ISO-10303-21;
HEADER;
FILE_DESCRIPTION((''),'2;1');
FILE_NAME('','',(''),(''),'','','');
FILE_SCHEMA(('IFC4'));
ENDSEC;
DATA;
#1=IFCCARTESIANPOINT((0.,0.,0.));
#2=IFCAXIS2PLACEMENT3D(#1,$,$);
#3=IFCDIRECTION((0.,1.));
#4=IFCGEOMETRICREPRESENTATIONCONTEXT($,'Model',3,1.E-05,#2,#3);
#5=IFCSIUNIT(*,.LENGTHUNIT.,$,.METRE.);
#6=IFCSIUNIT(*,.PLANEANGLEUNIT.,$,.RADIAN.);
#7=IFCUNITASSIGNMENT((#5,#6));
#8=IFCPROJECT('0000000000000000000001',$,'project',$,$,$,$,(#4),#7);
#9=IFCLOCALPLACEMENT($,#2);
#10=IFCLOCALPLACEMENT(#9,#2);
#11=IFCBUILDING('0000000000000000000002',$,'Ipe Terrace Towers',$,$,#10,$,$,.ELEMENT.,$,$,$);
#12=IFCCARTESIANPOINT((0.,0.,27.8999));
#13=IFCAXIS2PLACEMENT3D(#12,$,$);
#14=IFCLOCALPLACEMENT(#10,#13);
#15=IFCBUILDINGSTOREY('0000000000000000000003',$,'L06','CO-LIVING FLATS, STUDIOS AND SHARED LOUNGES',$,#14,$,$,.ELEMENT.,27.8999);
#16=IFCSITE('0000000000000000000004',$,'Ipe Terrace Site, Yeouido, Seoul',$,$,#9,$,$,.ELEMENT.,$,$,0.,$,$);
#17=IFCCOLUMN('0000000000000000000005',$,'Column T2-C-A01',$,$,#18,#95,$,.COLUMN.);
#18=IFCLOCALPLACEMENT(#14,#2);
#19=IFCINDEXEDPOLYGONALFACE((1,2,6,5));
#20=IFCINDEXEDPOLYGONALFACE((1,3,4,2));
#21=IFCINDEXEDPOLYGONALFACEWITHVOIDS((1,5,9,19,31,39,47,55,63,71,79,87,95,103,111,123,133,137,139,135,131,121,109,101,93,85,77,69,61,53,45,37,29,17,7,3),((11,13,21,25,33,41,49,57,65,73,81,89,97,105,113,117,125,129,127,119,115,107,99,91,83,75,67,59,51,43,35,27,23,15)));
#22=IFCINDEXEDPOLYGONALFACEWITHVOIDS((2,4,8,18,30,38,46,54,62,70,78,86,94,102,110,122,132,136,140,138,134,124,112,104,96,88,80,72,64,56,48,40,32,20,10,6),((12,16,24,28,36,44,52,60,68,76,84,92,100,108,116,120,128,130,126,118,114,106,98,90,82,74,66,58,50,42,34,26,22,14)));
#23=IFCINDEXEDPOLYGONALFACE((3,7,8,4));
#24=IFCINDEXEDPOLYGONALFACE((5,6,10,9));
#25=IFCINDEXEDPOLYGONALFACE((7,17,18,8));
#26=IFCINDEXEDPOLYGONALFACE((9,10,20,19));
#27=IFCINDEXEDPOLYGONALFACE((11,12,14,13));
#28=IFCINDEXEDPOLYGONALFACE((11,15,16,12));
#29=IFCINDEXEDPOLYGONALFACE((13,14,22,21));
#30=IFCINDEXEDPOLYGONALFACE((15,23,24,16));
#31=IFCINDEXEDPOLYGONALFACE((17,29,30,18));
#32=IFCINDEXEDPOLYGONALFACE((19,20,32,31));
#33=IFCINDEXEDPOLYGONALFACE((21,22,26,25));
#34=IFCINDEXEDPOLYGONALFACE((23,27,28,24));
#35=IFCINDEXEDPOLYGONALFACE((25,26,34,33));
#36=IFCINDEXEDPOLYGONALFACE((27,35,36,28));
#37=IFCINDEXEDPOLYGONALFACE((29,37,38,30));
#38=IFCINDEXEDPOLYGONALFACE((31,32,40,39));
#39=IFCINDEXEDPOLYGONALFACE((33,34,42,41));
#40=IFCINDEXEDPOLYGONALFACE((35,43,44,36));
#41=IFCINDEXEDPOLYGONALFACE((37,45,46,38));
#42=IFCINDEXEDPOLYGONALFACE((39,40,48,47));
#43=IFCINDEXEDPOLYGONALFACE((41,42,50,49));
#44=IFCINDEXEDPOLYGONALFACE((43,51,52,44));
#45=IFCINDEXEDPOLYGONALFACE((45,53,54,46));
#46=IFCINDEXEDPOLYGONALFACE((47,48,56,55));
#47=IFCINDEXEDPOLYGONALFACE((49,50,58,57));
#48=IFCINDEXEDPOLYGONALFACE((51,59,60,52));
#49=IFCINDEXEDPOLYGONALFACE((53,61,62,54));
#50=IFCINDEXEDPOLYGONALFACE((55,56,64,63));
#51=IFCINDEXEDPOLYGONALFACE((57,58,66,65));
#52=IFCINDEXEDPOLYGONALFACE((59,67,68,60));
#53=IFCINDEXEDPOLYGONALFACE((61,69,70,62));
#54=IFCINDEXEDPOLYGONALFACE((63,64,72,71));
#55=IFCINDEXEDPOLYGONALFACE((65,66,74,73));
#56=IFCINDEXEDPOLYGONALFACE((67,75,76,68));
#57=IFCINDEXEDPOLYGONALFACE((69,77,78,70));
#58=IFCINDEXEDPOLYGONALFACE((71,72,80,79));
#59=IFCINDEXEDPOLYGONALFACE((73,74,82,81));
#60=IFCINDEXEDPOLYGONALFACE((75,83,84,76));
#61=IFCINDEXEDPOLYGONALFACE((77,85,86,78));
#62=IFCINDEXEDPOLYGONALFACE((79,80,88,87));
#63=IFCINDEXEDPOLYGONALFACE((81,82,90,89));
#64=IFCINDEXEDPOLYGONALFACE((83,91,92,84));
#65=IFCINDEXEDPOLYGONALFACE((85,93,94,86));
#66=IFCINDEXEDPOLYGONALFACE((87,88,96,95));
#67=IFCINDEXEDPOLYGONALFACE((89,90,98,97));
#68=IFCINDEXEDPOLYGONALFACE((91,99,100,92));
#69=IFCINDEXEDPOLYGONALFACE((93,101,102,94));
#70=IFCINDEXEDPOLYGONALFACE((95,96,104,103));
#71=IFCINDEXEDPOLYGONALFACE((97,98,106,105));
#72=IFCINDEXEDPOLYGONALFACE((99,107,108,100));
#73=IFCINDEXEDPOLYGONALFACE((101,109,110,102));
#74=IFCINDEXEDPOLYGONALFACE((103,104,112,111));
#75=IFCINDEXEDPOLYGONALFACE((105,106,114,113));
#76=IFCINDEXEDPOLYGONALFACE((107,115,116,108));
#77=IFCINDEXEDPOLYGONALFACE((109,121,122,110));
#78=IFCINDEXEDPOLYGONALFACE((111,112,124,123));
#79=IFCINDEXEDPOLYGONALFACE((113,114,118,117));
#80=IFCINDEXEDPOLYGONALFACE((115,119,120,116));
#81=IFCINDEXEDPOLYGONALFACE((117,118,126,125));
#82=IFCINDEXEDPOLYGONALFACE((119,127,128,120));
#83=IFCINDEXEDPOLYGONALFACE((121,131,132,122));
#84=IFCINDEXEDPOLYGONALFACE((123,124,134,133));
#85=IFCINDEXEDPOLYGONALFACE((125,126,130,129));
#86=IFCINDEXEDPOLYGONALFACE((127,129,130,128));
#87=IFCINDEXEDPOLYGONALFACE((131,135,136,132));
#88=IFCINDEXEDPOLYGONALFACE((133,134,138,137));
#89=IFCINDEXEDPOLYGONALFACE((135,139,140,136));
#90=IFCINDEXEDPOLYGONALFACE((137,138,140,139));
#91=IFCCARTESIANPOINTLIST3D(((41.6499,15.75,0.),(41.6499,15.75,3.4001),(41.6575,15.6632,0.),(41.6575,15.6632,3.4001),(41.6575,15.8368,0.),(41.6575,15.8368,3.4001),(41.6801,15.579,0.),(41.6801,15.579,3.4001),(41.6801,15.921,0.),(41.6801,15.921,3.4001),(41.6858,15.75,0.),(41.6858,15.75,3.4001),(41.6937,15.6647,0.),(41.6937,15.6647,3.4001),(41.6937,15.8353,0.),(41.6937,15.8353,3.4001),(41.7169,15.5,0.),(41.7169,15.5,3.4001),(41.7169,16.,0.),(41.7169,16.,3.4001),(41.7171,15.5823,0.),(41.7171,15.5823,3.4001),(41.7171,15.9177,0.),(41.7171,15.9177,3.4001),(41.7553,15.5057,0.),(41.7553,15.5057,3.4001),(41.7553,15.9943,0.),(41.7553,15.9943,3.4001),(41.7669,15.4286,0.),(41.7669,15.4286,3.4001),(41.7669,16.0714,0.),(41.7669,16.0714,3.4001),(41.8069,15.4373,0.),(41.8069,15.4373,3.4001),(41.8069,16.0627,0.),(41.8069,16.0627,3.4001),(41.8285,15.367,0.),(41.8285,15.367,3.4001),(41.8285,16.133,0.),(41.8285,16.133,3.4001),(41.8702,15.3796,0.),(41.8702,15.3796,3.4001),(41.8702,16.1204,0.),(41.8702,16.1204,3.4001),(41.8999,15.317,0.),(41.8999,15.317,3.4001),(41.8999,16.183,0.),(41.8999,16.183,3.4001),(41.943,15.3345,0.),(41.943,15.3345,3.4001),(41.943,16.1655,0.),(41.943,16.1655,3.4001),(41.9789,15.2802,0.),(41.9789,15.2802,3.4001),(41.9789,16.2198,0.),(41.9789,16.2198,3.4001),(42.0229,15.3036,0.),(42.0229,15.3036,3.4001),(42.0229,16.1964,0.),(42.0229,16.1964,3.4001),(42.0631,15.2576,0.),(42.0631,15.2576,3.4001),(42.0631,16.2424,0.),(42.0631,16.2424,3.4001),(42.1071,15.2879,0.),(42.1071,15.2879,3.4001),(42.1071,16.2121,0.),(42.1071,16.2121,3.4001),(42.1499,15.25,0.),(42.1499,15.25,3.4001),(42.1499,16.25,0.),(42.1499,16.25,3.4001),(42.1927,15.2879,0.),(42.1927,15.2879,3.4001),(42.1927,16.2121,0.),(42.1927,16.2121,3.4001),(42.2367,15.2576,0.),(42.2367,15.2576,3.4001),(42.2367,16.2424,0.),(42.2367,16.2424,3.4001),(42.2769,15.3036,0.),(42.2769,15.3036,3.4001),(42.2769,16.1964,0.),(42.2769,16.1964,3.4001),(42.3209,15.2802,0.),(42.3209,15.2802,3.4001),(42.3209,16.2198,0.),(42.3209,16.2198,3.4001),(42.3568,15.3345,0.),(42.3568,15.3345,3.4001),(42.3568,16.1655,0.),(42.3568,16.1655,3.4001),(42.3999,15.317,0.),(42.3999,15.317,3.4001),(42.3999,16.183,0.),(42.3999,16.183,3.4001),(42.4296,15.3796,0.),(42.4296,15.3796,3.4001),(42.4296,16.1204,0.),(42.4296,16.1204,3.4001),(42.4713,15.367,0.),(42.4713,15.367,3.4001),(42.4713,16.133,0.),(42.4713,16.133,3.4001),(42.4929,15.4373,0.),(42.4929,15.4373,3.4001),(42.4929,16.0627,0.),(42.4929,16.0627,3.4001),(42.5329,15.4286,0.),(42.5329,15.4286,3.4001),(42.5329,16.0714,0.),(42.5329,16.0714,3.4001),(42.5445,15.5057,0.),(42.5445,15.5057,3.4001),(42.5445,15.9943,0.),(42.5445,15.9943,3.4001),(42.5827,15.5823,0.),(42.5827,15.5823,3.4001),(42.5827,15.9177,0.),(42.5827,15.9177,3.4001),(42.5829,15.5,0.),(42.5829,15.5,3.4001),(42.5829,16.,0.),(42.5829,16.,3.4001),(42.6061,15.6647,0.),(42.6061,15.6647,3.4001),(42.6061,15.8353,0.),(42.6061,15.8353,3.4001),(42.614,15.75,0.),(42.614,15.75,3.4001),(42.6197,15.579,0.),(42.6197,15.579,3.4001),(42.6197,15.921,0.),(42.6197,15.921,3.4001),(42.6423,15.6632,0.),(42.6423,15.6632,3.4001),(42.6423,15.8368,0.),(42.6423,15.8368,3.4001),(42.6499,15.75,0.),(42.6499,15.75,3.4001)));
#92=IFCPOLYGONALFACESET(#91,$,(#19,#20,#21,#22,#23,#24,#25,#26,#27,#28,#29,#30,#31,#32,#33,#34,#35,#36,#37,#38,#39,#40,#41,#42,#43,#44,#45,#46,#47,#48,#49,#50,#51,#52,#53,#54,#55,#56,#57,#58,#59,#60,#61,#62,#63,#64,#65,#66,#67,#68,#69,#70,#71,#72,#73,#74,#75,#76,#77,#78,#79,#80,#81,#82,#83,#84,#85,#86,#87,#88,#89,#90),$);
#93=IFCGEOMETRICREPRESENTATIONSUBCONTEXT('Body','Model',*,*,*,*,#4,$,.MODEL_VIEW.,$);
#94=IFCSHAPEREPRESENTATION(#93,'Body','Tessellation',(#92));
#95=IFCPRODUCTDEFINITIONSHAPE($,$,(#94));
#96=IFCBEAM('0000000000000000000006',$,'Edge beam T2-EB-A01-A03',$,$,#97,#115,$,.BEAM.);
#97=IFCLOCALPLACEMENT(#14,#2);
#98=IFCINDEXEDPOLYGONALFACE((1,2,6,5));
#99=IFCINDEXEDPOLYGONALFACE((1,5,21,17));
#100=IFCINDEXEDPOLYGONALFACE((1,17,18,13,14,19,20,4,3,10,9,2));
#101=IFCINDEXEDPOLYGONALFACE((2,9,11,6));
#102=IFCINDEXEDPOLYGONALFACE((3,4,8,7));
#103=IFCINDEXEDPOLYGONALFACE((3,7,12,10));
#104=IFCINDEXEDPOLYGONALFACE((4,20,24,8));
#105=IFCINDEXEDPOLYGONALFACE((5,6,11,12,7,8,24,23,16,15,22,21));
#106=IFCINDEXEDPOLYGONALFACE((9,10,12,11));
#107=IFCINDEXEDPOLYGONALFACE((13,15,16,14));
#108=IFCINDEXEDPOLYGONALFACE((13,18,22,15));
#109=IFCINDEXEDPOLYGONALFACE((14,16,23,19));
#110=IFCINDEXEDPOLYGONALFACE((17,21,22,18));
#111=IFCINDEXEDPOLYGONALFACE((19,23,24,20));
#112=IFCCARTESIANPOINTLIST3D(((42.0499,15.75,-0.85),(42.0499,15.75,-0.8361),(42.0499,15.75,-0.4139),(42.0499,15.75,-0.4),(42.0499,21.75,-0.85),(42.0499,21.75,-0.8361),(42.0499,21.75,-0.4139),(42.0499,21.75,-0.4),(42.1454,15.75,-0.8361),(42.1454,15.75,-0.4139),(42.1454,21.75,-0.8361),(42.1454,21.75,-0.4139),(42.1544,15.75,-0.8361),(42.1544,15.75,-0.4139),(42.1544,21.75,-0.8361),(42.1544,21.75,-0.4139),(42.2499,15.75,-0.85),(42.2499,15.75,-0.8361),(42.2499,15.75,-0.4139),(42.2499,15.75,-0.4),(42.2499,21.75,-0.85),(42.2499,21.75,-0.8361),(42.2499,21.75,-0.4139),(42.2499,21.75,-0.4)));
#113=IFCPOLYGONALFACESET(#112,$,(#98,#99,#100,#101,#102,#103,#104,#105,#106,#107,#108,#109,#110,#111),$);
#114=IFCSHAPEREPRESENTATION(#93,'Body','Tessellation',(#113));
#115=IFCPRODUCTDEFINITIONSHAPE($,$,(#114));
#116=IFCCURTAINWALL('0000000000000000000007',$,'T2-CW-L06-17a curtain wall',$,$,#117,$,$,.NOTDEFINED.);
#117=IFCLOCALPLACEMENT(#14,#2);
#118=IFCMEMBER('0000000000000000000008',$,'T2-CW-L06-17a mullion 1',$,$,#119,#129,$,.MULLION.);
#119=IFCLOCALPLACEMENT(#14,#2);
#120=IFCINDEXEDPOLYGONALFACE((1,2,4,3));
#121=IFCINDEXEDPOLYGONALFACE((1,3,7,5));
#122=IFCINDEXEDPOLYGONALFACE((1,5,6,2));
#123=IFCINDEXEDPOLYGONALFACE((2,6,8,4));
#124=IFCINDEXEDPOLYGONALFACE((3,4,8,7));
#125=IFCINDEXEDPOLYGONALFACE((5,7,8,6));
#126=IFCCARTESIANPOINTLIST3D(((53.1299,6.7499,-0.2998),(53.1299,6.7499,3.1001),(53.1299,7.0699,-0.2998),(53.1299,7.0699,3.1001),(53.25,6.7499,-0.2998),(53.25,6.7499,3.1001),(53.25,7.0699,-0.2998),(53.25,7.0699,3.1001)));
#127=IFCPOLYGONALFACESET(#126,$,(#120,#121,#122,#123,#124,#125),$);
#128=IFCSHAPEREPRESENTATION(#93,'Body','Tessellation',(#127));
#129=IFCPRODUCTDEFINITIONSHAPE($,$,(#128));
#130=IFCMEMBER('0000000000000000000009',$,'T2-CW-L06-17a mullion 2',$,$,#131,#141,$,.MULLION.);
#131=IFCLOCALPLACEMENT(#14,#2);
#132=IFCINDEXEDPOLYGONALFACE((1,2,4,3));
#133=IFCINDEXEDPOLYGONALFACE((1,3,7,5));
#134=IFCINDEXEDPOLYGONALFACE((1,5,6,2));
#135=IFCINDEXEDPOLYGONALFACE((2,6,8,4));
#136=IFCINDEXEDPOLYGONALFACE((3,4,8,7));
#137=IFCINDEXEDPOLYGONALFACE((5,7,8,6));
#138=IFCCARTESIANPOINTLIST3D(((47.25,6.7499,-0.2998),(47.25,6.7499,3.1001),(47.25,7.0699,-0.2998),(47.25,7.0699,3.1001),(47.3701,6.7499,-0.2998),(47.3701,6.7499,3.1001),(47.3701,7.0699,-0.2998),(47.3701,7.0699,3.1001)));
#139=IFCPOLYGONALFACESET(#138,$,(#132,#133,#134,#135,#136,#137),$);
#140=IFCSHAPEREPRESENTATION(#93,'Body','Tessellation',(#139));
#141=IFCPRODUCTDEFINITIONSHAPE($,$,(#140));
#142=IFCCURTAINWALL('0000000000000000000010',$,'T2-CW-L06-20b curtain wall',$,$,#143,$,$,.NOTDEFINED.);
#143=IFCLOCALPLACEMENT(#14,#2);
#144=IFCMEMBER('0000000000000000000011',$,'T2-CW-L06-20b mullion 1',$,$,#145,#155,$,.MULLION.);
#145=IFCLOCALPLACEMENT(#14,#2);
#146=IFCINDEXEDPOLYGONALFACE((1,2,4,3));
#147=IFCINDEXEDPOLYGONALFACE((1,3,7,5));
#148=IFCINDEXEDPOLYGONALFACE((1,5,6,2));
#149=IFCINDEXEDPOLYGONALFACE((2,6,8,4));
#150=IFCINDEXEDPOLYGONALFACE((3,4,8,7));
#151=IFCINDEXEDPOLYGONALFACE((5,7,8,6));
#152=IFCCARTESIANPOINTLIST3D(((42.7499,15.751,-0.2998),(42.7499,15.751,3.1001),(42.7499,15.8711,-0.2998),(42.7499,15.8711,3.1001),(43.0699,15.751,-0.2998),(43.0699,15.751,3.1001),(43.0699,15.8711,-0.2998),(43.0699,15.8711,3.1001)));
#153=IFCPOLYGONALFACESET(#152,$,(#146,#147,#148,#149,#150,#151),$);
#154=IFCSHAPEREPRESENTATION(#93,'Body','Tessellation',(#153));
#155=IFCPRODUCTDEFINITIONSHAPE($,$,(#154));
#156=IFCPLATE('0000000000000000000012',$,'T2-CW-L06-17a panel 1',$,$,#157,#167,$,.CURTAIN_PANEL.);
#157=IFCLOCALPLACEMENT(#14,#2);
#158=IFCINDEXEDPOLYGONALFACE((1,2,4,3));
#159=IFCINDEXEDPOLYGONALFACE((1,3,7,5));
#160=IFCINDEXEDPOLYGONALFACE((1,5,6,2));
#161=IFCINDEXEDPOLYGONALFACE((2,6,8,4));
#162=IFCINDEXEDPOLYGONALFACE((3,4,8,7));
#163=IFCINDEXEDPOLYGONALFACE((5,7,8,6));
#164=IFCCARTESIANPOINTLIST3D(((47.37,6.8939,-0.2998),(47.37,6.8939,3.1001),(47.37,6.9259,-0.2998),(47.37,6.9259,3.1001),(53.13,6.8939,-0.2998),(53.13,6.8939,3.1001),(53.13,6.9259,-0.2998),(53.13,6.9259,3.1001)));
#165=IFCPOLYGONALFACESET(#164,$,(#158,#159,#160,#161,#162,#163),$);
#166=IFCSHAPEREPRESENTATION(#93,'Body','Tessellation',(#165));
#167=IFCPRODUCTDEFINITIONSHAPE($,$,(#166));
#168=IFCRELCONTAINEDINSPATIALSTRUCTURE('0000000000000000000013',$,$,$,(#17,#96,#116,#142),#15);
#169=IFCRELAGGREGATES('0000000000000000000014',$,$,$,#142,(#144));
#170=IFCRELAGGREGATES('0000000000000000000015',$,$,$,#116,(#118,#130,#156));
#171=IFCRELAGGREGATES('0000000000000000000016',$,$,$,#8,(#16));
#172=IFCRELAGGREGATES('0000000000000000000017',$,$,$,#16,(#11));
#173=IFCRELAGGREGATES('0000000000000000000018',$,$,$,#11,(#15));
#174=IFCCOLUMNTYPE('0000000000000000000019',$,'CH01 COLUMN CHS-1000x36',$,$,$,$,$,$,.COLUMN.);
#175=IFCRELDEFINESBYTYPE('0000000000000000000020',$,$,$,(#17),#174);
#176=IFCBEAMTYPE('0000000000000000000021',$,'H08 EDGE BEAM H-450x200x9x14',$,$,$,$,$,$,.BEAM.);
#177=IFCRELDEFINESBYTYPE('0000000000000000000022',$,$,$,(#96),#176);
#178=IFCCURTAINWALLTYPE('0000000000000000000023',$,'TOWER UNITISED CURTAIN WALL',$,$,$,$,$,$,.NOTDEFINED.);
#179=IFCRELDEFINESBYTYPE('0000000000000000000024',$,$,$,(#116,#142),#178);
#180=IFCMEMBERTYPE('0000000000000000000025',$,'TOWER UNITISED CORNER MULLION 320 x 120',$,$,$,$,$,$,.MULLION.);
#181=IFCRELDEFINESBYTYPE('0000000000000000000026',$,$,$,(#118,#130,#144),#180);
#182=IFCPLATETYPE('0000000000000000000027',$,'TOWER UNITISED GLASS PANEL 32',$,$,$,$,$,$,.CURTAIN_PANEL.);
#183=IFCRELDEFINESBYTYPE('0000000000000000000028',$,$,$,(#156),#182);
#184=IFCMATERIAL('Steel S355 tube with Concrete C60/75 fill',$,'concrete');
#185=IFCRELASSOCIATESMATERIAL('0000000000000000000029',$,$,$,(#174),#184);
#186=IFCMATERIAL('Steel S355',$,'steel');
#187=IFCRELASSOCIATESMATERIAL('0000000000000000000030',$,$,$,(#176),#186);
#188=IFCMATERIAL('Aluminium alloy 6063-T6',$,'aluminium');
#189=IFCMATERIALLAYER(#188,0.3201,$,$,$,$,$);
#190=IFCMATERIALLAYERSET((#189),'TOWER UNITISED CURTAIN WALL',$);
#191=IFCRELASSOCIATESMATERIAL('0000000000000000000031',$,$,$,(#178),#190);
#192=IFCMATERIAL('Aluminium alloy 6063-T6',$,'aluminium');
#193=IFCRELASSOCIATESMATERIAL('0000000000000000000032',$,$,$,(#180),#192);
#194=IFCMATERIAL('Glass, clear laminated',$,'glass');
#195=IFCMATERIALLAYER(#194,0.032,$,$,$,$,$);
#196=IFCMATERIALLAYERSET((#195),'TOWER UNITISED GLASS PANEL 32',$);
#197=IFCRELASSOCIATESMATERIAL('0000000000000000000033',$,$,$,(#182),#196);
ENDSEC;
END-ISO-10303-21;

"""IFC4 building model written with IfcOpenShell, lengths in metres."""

from ifc_helpers import new_model, si_unit, direction, frame, origin, origin_2d, place, context, subcontext, project, spatial, rectangle, hollow_circle, i_section, extrude, material, layer, layer_set, material_profile, profile_set, type_object, element, aggregate, save


model = new_model("IFC4")

# Units and contexts
model_context = context("Model", 3, precision=1e-05, world=origin(), true_north=direction((0.0, 1.0)))
body_context = subcontext(model_context, "Body", "Model", "MODEL_VIEW")
ifc_project = project(units=[si_unit("LENGTHUNIT", "METRE"), si_unit("PLANEANGLEUNIT", "RADIAN")], contexts=[model_context])

# Site, building, storey
site_placement = place(None, origin())
site = spatial("IfcSite", under=ifc_project, at=site_placement, Name="Ipe Terrace Site, Yeouido, Seoul", CompositionType="ELEMENT", RefElevation=0.0)
building_placement = place(site_placement, origin())
building = spatial("IfcBuilding", under=site, at=building_placement, Name="Ipe Terrace Towers", CompositionType="ELEMENT")
storey_placement = place(building_placement, frame((0.0, 0.0, 27.8999)))
storey = spatial("IfcBuildingStorey", under=building, at=storey_placement, Name="L06", Description="CO-LIVING FLATS, STUDIOS AND SHARED LOUNGES", CompositionType="ELEMENT", Elevation=27.8999)

# Column
ifc_material_1 = material(Name="Steel S355 tube with Concrete C60/75 fill", Category="concrete")
ifc_material_profile_1 = material_profile(ifc_material_1, hollow_circle(Radius=0.5, WallThickness=0.0359, at=origin_2d()), Name="CHS-1000x36")
ifc_profile_set_1 = profile_set([ifc_material_profile_1], Name="Steel S355 tube with Concrete C60/75 fill")
column_type = type_object("IfcColumnType", Name="CH01 COLUMN CHS-1000x36", PredefinedType="COLUMN", material=ifc_profile_set_1)
column_placement = place(storey_placement, frame((42.1499, 15.75, 0.0), z_axis=(0.0, 0.0, 1.0), x_axis=(1.0, 0.0, 0.0)))
element("IfcColumn", 1, at=column_placement, inside=storey, type_object=column_type, Name="Column T2-C-A01", PredefinedType="COLUMN", context=body_context, shape_type="SweptSolid", body=[
    extrude(hollow_circle(Radius=0.5, WallThickness=0.0359, at=origin_2d()), origin(), (0.0, 0.0, 1.0), 3.4001),
])

# Beam
ifc_material_2 = material(Name="Steel S355", Category="steel")
ifc_material_profile_2 = material_profile(ifc_material_2, i_section(OverallWidth=0.2, OverallDepth=0.45, WebThickness=0.009, FlangeThickness=0.0139, at=origin_2d()), Name="H-450x200x9x14")
ifc_profile_set_2 = profile_set([ifc_material_profile_2], Name="Steel S355")
beam_type = type_object("IfcBeamType", Name="H08 EDGE BEAM H-450x200x9x14", PredefinedType="BEAM", material=ifc_profile_set_2)
beam_placement = place(storey_placement, frame((42.1499, 15.75, -0.625), z_axis=(0.0, 1.0, 0.0), x_axis=(-1.0, 0.0, 0.0)))
element("IfcBeam", 2, at=beam_placement, inside=storey, type_object=beam_type, Name="Edge beam T2-EB-A01-A03", PredefinedType="BEAM", context=body_context, shape_type="SweptSolid", body=[
    extrude(i_section(OverallWidth=0.2, OverallDepth=0.45, WebThickness=0.009, FlangeThickness=0.0139, at=origin_2d()), origin(), (0.0, 0.0, 1.0), 6.0),
])

# Curtain wall, members
ifc_material_3 = material(Name="Aluminium alloy 6063-T6", Category="aluminium")
ifc_layer_1 = layer(ifc_material_3, 0.3201)
ifc_layer_set_1 = layer_set([ifc_layer_1], Name="TOWER UNITISED CURTAIN WALL")
curtain_wall_type = type_object("IfcCurtainWallType", Name="TOWER UNITISED CURTAIN WALL", PredefinedType="NOTDEFINED", material=ifc_layer_set_1)
curtain_wall_1_placement = place(storey_placement, origin())
curtain_wall_1 = element("IfcCurtainWall", 3, at=curtain_wall_1_placement, inside=storey, type_object=curtain_wall_type, Name="T2-CW-L06-17a curtain wall", PredefinedType="NOTDEFINED")
ifc_material_4 = material(Name="Aluminium alloy 6063-T6", Category="aluminium")
ifc_material_profile_3 = material_profile(ifc_material_4, rectangle(XDim=0.3201, YDim=0.1201, at=origin_2d()), Name="TOWER UNITISED CORNER MULLION 320 x 120")
ifc_profile_set_3 = profile_set([ifc_material_profile_3], Name="Aluminium alloy 6063-T6")
member_type = type_object("IfcMemberType", Name="TOWER UNITISED CORNER MULLION 320 x 120", PredefinedType="MULLION", material=ifc_profile_set_3)
member_1_placement = place(storey_placement, frame((53.1899, 6.9099, -0.2998), z_axis=(0.0, 0.0, 1.0), x_axis=(0.0, 1.0, 0.0)))
member_1 = element("IfcMember", 4, at=member_1_placement, type_object=member_type, Name="T2-CW-L06-17a mullion 1", PredefinedType="MULLION", context=body_context, shape_type="SweptSolid", body=[
    extrude(rectangle(XDim=0.3201, YDim=0.1201, at=origin_2d()), origin(), (0.0, 0.0, 1.0), 3.3999),
])
member_2_placement = place(storey_placement, frame((47.3101, 6.9099, -0.2998), z_axis=(0.0, 0.0, 1.0), x_axis=(0.0, 1.0, 0.0)))
member_2 = element("IfcMember", 5, at=member_2_placement, type_object=member_type, Name="T2-CW-L06-17a mullion 2", PredefinedType="MULLION", context=body_context, shape_type="SweptSolid", body=[
    extrude(rectangle(XDim=0.3201, YDim=0.1201, at=origin_2d()), origin(), (0.0, 0.0, 1.0), 3.3999),
])

# Curtain wall, member
curtain_wall_2_placement = place(storey_placement, origin())
curtain_wall_2 = element("IfcCurtainWall", 6, at=curtain_wall_2_placement, inside=storey, type_object=curtain_wall_type, Name="T2-CW-L06-20b curtain wall", PredefinedType="NOTDEFINED")
member_3_placement = place(storey_placement, frame((42.9099, 15.811, -0.2998), z_axis=(0.0, 0.0, 1.0), x_axis=(1.0, 0.0, 0.0)))
member_3 = element("IfcMember", 7, at=member_3_placement, type_object=member_type, Name="T2-CW-L06-20b mullion 1", PredefinedType="MULLION", context=body_context, shape_type="SweptSolid", body=[
    extrude(rectangle(XDim=0.3201, YDim=0.1201, at=origin_2d()), origin(), (0.0, 0.0, 1.0), 3.3999),
])
aggregate(curtain_wall_2, [member_3])

# Plate
ifc_material_5 = material(Name="Glass, clear laminated", Category="glass")
ifc_layer_2 = layer(ifc_material_5, 0.032)
ifc_layer_set_2 = layer_set([ifc_layer_2], Name="TOWER UNITISED GLASS PANEL 32")
plate_type = type_object("IfcPlateType", Name="TOWER UNITISED GLASS PANEL 32", PredefinedType="CURTAIN_PANEL", material=ifc_layer_set_2)
plate_placement = place(storey_placement, frame((50.25, 6.9099, -0.2998), z_axis=(0.0, 0.0, 1.0), x_axis=(-1.0, 0.0, 0.0)))
plate = element("IfcPlate", 8, at=plate_placement, type_object=plate_type, Name="T2-CW-L06-17a panel 1", PredefinedType="CURTAIN_PANEL", context=body_context, shape_type="SweptSolid", body=[
    extrude(rectangle(XDim=5.76, YDim=0.032, at=origin_2d()), origin(), (0.0, 0.0, 1.0), 3.3999),
])
aggregate(curtain_wall_1, [member_1, member_2, plate])

save(model, "model.ifc")
